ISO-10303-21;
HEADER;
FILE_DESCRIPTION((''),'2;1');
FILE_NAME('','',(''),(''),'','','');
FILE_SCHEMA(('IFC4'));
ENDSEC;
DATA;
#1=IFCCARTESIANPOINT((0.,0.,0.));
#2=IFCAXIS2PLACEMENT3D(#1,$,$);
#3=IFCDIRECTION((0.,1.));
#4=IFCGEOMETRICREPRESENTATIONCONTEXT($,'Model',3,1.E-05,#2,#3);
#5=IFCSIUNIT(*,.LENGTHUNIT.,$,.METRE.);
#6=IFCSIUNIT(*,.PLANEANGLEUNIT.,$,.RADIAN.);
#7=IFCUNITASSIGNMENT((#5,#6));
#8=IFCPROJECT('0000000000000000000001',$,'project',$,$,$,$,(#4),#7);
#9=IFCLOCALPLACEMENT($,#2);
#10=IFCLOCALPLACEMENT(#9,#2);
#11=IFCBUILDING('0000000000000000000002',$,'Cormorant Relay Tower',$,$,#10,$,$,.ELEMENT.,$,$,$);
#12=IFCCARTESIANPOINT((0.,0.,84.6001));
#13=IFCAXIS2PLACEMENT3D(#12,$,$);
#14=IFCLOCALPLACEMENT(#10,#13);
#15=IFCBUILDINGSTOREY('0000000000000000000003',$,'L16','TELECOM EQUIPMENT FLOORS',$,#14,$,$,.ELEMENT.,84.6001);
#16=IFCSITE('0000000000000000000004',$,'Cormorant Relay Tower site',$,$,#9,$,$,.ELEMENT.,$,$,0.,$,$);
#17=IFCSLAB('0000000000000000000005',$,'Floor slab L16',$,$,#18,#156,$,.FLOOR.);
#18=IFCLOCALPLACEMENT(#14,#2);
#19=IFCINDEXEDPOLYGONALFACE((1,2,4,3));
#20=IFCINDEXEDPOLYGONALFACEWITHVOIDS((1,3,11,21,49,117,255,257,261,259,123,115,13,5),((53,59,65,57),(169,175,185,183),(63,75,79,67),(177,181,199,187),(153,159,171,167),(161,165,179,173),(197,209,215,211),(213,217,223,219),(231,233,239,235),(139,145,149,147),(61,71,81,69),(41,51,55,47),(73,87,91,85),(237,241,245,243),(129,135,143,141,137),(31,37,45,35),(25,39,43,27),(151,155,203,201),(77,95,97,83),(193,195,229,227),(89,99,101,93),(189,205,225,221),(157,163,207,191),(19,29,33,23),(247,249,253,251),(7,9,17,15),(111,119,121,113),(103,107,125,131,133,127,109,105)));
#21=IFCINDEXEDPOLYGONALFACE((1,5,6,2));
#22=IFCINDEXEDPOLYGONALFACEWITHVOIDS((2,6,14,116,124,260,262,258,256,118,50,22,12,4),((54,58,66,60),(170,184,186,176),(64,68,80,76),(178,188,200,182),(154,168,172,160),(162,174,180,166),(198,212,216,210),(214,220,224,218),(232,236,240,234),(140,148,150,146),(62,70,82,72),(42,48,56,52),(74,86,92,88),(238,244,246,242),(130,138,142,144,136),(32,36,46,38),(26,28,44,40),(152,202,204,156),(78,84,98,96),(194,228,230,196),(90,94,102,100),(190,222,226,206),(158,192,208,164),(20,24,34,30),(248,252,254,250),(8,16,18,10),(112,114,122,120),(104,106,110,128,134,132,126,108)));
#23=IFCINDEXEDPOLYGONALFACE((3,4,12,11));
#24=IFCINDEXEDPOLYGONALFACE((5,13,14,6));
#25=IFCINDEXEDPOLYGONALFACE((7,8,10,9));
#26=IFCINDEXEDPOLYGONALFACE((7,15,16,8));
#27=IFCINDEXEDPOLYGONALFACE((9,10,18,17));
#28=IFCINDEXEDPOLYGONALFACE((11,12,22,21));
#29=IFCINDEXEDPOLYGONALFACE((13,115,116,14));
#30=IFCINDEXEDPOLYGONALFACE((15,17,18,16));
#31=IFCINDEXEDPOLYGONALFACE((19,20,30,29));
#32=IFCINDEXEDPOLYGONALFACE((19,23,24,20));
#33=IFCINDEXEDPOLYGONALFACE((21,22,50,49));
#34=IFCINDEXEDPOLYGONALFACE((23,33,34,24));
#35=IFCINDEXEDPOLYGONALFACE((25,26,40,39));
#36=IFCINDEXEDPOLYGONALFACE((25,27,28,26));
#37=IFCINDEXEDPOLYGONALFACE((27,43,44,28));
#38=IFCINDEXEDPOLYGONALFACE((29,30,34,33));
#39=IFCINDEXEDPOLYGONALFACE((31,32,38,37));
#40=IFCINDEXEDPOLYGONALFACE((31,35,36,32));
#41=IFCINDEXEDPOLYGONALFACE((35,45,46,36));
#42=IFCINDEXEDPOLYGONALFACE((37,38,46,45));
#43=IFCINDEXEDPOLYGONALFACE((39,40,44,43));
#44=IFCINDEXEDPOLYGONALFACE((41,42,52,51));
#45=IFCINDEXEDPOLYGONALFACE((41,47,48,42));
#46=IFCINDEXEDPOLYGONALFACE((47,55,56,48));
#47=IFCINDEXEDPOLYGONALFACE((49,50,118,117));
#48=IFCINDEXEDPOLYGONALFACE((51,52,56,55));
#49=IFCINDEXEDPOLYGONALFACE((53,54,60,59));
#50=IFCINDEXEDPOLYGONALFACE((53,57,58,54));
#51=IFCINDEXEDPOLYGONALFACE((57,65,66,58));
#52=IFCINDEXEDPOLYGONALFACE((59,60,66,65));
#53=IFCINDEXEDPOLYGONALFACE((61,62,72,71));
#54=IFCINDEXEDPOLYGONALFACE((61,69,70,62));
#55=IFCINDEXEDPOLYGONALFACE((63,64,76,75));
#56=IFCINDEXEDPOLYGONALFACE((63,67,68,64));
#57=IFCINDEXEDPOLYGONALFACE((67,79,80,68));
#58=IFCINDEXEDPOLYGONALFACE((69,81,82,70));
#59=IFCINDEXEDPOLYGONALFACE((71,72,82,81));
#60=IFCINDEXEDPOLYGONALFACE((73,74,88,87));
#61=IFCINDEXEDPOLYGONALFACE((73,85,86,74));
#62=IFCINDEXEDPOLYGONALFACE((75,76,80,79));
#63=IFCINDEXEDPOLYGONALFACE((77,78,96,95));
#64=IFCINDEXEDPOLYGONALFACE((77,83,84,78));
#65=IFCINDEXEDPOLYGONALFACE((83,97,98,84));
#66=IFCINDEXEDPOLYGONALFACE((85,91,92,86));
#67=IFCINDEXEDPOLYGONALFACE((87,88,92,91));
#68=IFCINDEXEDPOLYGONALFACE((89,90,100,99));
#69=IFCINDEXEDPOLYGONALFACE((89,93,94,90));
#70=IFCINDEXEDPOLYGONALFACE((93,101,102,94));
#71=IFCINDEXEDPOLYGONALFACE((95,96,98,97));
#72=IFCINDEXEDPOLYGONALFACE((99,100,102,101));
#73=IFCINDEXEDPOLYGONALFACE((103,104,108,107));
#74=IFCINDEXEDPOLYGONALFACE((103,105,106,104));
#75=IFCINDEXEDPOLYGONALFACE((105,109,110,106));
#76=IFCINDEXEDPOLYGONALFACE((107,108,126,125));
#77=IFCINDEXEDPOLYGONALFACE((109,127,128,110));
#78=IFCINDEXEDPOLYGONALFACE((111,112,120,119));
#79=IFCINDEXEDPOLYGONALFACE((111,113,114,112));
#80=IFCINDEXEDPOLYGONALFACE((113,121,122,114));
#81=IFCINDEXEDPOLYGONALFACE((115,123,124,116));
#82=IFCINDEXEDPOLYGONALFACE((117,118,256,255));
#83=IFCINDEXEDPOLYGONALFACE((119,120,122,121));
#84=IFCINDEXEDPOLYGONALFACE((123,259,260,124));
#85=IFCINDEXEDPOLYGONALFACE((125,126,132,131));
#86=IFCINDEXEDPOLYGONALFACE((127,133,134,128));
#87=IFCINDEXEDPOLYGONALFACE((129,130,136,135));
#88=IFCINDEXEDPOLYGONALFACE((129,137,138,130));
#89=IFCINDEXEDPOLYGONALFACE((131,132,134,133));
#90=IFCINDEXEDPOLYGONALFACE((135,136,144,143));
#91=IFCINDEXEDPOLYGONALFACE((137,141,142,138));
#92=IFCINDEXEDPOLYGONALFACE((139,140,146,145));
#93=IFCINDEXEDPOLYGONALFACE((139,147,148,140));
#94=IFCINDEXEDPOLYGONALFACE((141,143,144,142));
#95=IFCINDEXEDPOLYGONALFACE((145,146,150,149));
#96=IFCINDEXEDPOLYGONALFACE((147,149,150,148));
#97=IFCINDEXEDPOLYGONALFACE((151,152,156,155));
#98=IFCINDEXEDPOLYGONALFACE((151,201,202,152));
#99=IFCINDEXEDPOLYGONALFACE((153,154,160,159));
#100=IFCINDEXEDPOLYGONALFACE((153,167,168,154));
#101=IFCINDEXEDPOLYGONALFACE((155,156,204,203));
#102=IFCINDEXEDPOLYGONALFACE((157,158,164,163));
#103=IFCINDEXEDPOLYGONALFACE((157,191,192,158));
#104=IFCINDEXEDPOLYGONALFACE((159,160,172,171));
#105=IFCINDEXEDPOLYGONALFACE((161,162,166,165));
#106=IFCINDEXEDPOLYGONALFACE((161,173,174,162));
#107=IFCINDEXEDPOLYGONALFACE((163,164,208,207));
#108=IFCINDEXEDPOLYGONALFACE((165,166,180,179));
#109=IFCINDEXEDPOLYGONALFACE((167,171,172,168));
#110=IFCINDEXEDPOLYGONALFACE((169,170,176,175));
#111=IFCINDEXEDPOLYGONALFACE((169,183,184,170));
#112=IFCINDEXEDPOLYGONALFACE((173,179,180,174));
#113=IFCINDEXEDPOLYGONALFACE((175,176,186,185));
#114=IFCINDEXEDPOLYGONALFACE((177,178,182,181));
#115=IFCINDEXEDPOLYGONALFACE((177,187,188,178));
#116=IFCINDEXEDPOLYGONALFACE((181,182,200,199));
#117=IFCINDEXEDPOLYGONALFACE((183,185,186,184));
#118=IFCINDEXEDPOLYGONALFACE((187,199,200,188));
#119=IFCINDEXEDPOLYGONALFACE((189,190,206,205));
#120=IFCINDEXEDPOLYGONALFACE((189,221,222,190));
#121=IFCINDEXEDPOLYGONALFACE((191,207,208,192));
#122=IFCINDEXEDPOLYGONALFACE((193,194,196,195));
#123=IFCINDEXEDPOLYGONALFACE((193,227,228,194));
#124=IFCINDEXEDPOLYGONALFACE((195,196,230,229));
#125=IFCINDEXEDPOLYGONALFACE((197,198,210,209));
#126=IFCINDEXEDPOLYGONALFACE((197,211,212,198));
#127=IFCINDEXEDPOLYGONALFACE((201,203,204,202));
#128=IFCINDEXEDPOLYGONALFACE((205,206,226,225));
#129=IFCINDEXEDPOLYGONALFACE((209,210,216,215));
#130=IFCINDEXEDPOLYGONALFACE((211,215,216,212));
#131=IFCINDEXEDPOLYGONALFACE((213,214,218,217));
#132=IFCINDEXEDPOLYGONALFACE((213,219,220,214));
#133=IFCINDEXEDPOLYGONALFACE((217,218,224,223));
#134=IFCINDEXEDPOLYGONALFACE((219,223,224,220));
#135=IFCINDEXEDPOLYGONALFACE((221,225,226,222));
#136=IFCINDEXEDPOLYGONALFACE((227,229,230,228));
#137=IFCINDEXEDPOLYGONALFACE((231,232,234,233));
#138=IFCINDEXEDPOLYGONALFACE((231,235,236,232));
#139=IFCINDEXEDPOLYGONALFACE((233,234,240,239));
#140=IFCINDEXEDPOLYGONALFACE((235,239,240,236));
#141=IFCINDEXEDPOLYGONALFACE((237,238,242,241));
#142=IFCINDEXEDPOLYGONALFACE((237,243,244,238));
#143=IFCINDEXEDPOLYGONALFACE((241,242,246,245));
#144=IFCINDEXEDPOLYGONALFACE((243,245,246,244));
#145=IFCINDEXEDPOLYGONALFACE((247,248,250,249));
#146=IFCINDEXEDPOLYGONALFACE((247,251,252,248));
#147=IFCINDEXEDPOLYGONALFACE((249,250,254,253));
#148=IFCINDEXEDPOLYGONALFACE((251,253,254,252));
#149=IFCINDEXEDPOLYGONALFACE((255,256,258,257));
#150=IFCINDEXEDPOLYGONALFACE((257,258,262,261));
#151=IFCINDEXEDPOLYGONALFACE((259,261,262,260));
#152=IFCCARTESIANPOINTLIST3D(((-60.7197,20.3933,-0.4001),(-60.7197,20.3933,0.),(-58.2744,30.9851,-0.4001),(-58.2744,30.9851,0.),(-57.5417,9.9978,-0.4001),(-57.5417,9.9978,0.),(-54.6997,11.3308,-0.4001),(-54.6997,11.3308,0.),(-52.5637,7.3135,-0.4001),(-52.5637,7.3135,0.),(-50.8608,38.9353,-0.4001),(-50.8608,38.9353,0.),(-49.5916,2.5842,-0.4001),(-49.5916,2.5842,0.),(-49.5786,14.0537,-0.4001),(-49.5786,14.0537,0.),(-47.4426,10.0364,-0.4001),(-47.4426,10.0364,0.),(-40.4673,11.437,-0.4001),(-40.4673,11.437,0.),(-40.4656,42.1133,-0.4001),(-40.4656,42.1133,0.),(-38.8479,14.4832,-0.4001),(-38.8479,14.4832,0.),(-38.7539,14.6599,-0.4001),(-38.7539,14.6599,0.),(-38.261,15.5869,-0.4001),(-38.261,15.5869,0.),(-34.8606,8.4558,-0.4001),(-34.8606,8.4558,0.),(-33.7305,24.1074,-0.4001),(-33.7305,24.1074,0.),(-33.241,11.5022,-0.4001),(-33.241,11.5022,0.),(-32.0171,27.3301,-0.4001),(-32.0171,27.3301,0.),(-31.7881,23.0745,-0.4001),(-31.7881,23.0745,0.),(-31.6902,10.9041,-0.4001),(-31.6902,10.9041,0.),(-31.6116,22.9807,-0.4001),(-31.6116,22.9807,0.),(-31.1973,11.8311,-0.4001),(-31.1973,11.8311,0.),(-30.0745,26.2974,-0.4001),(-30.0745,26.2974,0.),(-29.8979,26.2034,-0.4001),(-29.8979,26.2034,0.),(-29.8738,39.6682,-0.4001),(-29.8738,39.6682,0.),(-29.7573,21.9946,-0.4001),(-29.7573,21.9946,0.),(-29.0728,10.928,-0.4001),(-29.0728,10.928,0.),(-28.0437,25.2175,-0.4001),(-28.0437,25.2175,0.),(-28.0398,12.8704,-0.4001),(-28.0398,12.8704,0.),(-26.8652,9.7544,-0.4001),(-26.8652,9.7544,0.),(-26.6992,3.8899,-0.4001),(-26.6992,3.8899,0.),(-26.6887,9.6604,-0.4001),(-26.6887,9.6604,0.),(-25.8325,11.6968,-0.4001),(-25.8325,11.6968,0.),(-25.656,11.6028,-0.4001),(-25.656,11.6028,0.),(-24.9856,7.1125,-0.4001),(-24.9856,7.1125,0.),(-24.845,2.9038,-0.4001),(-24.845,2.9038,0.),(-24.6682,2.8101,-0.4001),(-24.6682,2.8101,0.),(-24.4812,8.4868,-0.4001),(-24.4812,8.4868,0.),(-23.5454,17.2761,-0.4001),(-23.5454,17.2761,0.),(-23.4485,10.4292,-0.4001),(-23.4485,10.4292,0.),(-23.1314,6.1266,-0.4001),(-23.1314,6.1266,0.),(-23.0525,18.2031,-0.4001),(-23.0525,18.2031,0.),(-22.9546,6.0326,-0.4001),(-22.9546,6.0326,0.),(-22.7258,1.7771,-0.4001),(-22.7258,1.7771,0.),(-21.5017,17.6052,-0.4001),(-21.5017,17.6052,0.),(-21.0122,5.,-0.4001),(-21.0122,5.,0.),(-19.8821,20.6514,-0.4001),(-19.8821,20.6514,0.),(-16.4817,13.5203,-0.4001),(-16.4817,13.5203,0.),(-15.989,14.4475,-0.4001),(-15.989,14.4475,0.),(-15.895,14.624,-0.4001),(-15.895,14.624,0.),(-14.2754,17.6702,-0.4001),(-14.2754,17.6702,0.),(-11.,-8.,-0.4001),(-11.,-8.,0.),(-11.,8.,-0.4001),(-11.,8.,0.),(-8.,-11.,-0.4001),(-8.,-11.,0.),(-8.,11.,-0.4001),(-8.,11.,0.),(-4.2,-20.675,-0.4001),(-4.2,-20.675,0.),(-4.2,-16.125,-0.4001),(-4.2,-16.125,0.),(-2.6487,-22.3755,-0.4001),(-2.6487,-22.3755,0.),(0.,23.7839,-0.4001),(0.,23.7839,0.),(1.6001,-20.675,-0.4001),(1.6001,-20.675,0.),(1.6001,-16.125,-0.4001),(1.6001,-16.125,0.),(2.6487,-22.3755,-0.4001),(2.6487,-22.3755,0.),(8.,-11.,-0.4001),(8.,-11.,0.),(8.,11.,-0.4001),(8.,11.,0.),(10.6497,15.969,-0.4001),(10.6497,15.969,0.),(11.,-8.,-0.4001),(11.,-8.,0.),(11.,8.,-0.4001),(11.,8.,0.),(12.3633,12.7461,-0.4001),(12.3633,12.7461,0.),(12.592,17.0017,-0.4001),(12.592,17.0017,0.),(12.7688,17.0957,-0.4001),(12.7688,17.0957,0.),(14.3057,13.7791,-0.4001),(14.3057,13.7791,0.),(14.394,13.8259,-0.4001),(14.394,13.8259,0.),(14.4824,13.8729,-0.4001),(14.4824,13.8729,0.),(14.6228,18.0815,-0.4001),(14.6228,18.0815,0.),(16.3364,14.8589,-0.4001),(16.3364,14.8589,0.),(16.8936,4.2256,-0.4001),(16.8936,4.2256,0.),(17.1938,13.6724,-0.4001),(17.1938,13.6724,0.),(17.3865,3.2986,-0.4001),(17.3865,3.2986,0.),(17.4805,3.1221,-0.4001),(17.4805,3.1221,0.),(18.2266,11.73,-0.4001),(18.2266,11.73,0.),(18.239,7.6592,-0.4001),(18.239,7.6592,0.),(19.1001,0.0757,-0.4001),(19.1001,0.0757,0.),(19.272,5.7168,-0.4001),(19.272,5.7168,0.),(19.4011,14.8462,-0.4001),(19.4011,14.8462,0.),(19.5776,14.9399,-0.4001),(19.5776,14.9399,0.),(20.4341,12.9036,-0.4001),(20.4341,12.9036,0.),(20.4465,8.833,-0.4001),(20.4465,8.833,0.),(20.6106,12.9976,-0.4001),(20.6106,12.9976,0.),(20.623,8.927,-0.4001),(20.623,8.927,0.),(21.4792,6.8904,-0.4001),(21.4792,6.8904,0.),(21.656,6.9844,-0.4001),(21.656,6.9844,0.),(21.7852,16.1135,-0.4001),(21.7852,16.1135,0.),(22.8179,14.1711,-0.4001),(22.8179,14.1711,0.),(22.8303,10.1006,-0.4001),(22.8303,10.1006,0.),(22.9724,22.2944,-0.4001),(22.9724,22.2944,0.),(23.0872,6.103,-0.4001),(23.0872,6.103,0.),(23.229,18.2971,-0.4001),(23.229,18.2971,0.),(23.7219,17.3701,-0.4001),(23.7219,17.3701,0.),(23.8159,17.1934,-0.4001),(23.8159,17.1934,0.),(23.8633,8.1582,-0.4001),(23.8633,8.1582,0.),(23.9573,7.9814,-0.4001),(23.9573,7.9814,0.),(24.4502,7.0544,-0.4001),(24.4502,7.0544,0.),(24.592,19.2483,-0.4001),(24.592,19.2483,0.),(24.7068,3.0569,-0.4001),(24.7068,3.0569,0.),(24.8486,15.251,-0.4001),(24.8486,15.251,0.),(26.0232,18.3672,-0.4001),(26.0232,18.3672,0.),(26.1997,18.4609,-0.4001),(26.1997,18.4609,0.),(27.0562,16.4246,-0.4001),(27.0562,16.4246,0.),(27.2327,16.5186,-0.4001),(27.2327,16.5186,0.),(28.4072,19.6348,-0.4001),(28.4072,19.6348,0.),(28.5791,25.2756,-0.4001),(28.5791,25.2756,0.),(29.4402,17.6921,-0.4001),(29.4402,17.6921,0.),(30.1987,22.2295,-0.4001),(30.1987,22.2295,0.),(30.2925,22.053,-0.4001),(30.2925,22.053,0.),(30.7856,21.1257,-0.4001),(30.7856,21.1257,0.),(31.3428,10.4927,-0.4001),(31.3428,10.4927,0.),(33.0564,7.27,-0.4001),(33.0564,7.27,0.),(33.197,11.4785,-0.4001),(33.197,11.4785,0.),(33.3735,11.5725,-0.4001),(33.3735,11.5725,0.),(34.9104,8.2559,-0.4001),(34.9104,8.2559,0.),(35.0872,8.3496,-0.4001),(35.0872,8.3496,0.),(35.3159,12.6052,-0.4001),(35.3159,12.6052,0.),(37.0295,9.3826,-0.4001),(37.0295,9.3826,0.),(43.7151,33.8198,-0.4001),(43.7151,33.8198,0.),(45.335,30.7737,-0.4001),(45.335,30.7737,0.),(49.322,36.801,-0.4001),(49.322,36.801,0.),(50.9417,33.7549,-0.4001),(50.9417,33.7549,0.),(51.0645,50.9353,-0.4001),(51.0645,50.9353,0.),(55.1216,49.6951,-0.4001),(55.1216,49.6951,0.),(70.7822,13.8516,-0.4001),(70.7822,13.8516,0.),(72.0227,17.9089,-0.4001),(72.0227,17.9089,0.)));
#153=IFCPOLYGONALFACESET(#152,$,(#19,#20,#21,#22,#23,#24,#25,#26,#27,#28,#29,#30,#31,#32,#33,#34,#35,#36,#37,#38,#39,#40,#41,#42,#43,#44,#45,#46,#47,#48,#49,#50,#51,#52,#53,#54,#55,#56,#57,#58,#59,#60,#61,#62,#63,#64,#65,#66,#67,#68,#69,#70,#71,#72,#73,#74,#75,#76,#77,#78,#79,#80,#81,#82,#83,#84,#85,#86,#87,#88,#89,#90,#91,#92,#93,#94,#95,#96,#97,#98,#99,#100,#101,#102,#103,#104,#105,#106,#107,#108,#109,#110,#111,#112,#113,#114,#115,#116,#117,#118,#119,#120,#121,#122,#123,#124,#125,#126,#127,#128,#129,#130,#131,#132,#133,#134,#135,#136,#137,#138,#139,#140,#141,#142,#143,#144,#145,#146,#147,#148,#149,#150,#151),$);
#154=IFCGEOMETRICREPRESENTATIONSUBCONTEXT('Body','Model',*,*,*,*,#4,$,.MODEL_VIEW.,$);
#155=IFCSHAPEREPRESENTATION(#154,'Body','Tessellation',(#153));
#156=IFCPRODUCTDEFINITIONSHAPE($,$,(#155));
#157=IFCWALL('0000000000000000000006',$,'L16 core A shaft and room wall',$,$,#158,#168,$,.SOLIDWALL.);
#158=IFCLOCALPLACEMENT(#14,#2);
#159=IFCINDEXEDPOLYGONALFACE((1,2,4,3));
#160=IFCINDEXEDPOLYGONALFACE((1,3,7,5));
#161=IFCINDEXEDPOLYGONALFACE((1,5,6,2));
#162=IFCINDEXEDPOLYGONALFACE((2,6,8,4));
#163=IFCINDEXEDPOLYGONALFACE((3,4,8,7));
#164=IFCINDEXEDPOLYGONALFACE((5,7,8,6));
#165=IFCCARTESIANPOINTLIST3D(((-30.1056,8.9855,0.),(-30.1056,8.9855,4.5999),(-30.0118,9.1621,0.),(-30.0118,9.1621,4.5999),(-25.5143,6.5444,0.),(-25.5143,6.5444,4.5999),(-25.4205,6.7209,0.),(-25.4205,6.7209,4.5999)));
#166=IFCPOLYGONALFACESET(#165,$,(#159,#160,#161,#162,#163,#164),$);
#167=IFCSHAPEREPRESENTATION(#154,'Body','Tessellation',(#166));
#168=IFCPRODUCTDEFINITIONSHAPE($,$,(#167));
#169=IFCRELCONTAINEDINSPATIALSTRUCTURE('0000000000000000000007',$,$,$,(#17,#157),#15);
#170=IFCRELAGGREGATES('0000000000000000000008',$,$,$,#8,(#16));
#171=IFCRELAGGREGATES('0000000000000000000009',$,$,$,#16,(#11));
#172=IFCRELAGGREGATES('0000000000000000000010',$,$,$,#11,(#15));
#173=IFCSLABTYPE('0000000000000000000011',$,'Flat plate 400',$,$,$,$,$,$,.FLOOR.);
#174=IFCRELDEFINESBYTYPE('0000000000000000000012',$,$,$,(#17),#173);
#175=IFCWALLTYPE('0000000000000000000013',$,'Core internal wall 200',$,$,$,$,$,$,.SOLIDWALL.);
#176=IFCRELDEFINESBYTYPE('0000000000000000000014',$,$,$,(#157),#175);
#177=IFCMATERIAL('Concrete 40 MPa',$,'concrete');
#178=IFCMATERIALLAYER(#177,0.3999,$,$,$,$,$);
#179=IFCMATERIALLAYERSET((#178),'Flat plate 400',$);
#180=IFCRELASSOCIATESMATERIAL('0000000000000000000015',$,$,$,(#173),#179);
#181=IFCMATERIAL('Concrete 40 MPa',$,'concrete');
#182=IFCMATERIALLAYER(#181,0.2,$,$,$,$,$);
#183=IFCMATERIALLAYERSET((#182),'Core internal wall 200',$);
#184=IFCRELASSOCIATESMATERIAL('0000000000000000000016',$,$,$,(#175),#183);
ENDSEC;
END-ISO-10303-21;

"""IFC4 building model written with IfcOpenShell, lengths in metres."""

from ifc_helpers import new_model, si_unit, direction, frame, frame_2d, origin, place, context, subcontext, project, spatial, polyline, rectangle, outline, extrude, material, layer, layer_set, type_object, element, save


model = new_model("IFC4")

# Units and contexts
model_context = context("Model", 3, precision=1e-05, world=origin(), true_north=direction((0.0, 1.0)))
body_context = subcontext(model_context, "Body", "Model", "MODEL_VIEW")
ifc_project = project(units=[si_unit("LENGTHUNIT", "METRE"), si_unit("PLANEANGLEUNIT", "RADIAN")], contexts=[model_context])

# Site, building, storey
site_placement = place(None, origin())
site = spatial("IfcSite", under=ifc_project, at=site_placement, Name="Cormorant Relay Tower site", CompositionType="ELEMENT", RefElevation=0.0)
building_placement = place(site_placement, origin())
building = spatial("IfcBuilding", under=site, at=building_placement, Name="Cormorant Relay Tower", CompositionType="ELEMENT")
storey_placement = place(building_placement, frame((0.0, 0.0, 84.6001)))
storey = spatial("IfcBuildingStorey", under=building, at=storey_placement, Name="L16", Description="TELECOM EQUIPMENT FLOORS", CompositionType="ELEMENT", Elevation=84.6001)

# Slab
ifc_material_1 = material(Name="Concrete 40 MPa", Category="concrete")
ifc_layer_1 = layer(ifc_material_1, 0.3999)
ifc_layer_set_1 = layer_set([ifc_layer_1], Name="Flat plate 400")
slab_type_1 = type_object("IfcSlabType", Name="Flat plate 400", PredefinedType="FLOOR", material=ifc_layer_set_1)
slab_1_placement = place(storey_placement, frame((0.0, 0.0, -0.4001)))
element("IfcSlab", 1, at=slab_1_placement, inside=storey, type_object=slab_type_1, Name="Floor slab L16", PredefinedType="FLOOR", context=body_context, shape_type="SweptSolid", body=[
    extrude(outline(polyline([(-60.7197, 20.3933), (-58.2744, 30.9851), (-50.8608, 38.9353), (-40.4656, 42.1133), (-29.8738, 39.6682), (0.0, 23.7839), (51.0645, 50.9353), (55.1216, 49.6951), (72.0227, 17.9089), (70.7822, 13.8516), (2.6487, -22.3755), (-2.6487, -22.3755), (-49.5916, 2.5842), (-57.5417, 9.9978), (-60.7197, 20.3933)]), holes=[polyline([(11.0, -8.0), (11.0, 8.0), (8.0, 11.0), (-8.0, 11.0), (-11.0, 8.0), (-11.0, -8.0), (-8.0, -11.0), (8.0, -11.0), (11.0, -8.0)]), polyline([(-4.2, -16.125), (-4.2, -20.675), (1.6001, -20.675), (1.6001, -16.125), (-4.2, -16.125)]), polyline([(-22.9546, 6.0327), (-24.6682, 2.8101), (-22.7258, 1.7771), (-21.0122, 5.0), (-23.043, 6.0796), (-22.9546, 6.0327)]), polyline([(-24.9856, 7.1125), (-26.6992, 3.8899), (-24.845, 2.9038), (-23.1313, 6.1267), (-23.043, 6.0796), (-24.9856, 7.1125)]), polyline([(-26.6887, 9.6604), (-24.4812, 8.4868), (-23.4485, 10.4292), (-25.656, 11.6028), (-26.6887, 9.6604)]), polyline([(-49.5786, 14.0537), (-54.6997, 11.3308), (-52.5637, 7.3135), (-47.4426, 10.0364), (-49.5786, 14.0537)]), polyline([(-29.0728, 10.928), (-26.8652, 9.7544), (-25.8325, 11.6968), (-28.0398, 12.8704), (-29.0728, 10.928)]), polyline([(-38.8479, 14.4832), (-40.4673, 11.437), (-34.8606, 8.4558), (-33.241, 11.5022), (-38.8479, 14.4832)]), polyline([(-38.261, 15.5869), (-38.7539, 14.6599), (-31.6902, 10.9041), (-31.1973, 11.8311), (-38.261, 15.5869)]), polyline([(14.3057, 13.7791), (12.592, 17.0017), (10.6497, 15.969), (12.3633, 12.7461), (14.394, 13.8259), (14.3057, 13.7791)]), polyline([(16.3364, 14.8589), (14.6228, 18.0815), (12.7688, 17.0957), (14.4824, 13.8728), (14.394, 13.8259), (16.3364, 14.8589)]), polyline([(-16.4817, 13.5203), (-15.989, 14.4475), (-23.0525, 18.2031), (-23.5454, 17.2761), (-16.4817, 13.5203)]), polyline([(-21.5017, 17.6052), (-15.895, 14.624), (-14.2754, 17.6702), (-19.8821, 20.6514), (-21.5017, 17.6052)]), polyline([(-31.6116, 22.9807), (-29.7573, 21.9946), (-28.0437, 25.2175), (-29.8979, 26.2034), (-31.6116, 22.9807)]), polyline([(-33.7305, 24.1074), (-31.7881, 23.0745), (-30.0745, 26.2974), (-32.0171, 27.3301), (-33.7305, 24.1074)]), polyline([(23.0872, 6.103), (17.4805, 3.1221), (19.1001, 0.0757), (24.7068, 3.0569), (23.0872, 6.103)]), polyline([(16.8936, 4.2256), (17.3865, 3.2986), (24.4502, 7.0544), (23.9573, 7.9814), (16.8936, 4.2256)]), polyline([(20.4465, 8.833), (18.239, 7.6592), (19.272, 5.7168), (21.4792, 6.8904), (20.4465, 8.833)]), polyline([(22.8303, 10.1006), (20.623, 8.927), (21.656, 6.9844), (23.8633, 8.1582), (22.8303, 10.1006)]), polyline([(33.197, 11.4785), (31.3428, 10.4927), (33.0564, 7.27), (34.9104, 8.2559), (33.197, 11.4785)]), polyline([(33.3735, 11.5725), (35.0872, 8.3496), (37.0295, 9.3826), (35.3159, 12.6052), (33.3735, 11.5725)]), polyline([(17.1938, 13.6724), (18.2266, 11.73), (20.4341, 12.9036), (19.4011, 14.8462), (17.1938, 13.6724)]), polyline([(21.7852, 16.1135), (19.5776, 14.9399), (20.6106, 12.9976), (22.8179, 14.1711), (21.7852, 16.1135)]), polyline([(26.0232, 18.3672), (23.8159, 17.1934), (24.8486, 15.251), (27.0562, 16.4246), (26.0232, 18.3672)]), polyline([(29.4402, 17.6921), (28.4072, 19.6348), (26.1997, 18.4609), (27.2327, 16.5186), (29.4402, 17.6921)]), polyline([(30.7856, 21.1257), (30.2925, 22.053), (23.229, 18.2971), (23.7219, 17.3701), (30.7856, 21.1257)]), polyline([(24.592, 19.2483), (30.1987, 22.2295), (28.5791, 25.2756), (22.9724, 22.2944), (24.592, 19.2483)]), polyline([(45.335, 30.7737), (50.9417, 33.7549), (49.322, 36.801), (43.7151, 33.8198), (45.335, 30.7737)])]), origin(), (0.0, 0.0, 1.0), 0.4001),
])

# Wall
ifc_material_2 = material(Name="Concrete 40 MPa", Category="concrete")
ifc_layer_2 = layer(ifc_material_2, 0.2)
ifc_layer_set_2 = layer_set([ifc_layer_2], Name="Core internal wall 200")
wall_type_1 = type_object("IfcWallType", Name="Core internal wall 200", PredefinedType="SOLIDWALL", material=ifc_layer_set_2)
wall_1_placement = place(storey_placement, frame((-25.4673, 6.6326, 0.0), z_axis=(0.0, 0.0, 1.0), x_axis=(-0.882954, 0.46946, 0.0)))
element("IfcWall", 2, at=wall_1_placement, inside=storey, type_object=wall_type_1, Name="L16 core A shaft and room wall", PredefinedType="SOLIDWALL", context=body_context, shape_type="SweptSolid", body=[
    extrude(rectangle(XDim=5.2, YDim=0.2, at=frame_2d((2.6001, 0.0))), origin(), (0.0, 0.0, 1.0), 4.5999),
])

save(model, "model.ifc")
